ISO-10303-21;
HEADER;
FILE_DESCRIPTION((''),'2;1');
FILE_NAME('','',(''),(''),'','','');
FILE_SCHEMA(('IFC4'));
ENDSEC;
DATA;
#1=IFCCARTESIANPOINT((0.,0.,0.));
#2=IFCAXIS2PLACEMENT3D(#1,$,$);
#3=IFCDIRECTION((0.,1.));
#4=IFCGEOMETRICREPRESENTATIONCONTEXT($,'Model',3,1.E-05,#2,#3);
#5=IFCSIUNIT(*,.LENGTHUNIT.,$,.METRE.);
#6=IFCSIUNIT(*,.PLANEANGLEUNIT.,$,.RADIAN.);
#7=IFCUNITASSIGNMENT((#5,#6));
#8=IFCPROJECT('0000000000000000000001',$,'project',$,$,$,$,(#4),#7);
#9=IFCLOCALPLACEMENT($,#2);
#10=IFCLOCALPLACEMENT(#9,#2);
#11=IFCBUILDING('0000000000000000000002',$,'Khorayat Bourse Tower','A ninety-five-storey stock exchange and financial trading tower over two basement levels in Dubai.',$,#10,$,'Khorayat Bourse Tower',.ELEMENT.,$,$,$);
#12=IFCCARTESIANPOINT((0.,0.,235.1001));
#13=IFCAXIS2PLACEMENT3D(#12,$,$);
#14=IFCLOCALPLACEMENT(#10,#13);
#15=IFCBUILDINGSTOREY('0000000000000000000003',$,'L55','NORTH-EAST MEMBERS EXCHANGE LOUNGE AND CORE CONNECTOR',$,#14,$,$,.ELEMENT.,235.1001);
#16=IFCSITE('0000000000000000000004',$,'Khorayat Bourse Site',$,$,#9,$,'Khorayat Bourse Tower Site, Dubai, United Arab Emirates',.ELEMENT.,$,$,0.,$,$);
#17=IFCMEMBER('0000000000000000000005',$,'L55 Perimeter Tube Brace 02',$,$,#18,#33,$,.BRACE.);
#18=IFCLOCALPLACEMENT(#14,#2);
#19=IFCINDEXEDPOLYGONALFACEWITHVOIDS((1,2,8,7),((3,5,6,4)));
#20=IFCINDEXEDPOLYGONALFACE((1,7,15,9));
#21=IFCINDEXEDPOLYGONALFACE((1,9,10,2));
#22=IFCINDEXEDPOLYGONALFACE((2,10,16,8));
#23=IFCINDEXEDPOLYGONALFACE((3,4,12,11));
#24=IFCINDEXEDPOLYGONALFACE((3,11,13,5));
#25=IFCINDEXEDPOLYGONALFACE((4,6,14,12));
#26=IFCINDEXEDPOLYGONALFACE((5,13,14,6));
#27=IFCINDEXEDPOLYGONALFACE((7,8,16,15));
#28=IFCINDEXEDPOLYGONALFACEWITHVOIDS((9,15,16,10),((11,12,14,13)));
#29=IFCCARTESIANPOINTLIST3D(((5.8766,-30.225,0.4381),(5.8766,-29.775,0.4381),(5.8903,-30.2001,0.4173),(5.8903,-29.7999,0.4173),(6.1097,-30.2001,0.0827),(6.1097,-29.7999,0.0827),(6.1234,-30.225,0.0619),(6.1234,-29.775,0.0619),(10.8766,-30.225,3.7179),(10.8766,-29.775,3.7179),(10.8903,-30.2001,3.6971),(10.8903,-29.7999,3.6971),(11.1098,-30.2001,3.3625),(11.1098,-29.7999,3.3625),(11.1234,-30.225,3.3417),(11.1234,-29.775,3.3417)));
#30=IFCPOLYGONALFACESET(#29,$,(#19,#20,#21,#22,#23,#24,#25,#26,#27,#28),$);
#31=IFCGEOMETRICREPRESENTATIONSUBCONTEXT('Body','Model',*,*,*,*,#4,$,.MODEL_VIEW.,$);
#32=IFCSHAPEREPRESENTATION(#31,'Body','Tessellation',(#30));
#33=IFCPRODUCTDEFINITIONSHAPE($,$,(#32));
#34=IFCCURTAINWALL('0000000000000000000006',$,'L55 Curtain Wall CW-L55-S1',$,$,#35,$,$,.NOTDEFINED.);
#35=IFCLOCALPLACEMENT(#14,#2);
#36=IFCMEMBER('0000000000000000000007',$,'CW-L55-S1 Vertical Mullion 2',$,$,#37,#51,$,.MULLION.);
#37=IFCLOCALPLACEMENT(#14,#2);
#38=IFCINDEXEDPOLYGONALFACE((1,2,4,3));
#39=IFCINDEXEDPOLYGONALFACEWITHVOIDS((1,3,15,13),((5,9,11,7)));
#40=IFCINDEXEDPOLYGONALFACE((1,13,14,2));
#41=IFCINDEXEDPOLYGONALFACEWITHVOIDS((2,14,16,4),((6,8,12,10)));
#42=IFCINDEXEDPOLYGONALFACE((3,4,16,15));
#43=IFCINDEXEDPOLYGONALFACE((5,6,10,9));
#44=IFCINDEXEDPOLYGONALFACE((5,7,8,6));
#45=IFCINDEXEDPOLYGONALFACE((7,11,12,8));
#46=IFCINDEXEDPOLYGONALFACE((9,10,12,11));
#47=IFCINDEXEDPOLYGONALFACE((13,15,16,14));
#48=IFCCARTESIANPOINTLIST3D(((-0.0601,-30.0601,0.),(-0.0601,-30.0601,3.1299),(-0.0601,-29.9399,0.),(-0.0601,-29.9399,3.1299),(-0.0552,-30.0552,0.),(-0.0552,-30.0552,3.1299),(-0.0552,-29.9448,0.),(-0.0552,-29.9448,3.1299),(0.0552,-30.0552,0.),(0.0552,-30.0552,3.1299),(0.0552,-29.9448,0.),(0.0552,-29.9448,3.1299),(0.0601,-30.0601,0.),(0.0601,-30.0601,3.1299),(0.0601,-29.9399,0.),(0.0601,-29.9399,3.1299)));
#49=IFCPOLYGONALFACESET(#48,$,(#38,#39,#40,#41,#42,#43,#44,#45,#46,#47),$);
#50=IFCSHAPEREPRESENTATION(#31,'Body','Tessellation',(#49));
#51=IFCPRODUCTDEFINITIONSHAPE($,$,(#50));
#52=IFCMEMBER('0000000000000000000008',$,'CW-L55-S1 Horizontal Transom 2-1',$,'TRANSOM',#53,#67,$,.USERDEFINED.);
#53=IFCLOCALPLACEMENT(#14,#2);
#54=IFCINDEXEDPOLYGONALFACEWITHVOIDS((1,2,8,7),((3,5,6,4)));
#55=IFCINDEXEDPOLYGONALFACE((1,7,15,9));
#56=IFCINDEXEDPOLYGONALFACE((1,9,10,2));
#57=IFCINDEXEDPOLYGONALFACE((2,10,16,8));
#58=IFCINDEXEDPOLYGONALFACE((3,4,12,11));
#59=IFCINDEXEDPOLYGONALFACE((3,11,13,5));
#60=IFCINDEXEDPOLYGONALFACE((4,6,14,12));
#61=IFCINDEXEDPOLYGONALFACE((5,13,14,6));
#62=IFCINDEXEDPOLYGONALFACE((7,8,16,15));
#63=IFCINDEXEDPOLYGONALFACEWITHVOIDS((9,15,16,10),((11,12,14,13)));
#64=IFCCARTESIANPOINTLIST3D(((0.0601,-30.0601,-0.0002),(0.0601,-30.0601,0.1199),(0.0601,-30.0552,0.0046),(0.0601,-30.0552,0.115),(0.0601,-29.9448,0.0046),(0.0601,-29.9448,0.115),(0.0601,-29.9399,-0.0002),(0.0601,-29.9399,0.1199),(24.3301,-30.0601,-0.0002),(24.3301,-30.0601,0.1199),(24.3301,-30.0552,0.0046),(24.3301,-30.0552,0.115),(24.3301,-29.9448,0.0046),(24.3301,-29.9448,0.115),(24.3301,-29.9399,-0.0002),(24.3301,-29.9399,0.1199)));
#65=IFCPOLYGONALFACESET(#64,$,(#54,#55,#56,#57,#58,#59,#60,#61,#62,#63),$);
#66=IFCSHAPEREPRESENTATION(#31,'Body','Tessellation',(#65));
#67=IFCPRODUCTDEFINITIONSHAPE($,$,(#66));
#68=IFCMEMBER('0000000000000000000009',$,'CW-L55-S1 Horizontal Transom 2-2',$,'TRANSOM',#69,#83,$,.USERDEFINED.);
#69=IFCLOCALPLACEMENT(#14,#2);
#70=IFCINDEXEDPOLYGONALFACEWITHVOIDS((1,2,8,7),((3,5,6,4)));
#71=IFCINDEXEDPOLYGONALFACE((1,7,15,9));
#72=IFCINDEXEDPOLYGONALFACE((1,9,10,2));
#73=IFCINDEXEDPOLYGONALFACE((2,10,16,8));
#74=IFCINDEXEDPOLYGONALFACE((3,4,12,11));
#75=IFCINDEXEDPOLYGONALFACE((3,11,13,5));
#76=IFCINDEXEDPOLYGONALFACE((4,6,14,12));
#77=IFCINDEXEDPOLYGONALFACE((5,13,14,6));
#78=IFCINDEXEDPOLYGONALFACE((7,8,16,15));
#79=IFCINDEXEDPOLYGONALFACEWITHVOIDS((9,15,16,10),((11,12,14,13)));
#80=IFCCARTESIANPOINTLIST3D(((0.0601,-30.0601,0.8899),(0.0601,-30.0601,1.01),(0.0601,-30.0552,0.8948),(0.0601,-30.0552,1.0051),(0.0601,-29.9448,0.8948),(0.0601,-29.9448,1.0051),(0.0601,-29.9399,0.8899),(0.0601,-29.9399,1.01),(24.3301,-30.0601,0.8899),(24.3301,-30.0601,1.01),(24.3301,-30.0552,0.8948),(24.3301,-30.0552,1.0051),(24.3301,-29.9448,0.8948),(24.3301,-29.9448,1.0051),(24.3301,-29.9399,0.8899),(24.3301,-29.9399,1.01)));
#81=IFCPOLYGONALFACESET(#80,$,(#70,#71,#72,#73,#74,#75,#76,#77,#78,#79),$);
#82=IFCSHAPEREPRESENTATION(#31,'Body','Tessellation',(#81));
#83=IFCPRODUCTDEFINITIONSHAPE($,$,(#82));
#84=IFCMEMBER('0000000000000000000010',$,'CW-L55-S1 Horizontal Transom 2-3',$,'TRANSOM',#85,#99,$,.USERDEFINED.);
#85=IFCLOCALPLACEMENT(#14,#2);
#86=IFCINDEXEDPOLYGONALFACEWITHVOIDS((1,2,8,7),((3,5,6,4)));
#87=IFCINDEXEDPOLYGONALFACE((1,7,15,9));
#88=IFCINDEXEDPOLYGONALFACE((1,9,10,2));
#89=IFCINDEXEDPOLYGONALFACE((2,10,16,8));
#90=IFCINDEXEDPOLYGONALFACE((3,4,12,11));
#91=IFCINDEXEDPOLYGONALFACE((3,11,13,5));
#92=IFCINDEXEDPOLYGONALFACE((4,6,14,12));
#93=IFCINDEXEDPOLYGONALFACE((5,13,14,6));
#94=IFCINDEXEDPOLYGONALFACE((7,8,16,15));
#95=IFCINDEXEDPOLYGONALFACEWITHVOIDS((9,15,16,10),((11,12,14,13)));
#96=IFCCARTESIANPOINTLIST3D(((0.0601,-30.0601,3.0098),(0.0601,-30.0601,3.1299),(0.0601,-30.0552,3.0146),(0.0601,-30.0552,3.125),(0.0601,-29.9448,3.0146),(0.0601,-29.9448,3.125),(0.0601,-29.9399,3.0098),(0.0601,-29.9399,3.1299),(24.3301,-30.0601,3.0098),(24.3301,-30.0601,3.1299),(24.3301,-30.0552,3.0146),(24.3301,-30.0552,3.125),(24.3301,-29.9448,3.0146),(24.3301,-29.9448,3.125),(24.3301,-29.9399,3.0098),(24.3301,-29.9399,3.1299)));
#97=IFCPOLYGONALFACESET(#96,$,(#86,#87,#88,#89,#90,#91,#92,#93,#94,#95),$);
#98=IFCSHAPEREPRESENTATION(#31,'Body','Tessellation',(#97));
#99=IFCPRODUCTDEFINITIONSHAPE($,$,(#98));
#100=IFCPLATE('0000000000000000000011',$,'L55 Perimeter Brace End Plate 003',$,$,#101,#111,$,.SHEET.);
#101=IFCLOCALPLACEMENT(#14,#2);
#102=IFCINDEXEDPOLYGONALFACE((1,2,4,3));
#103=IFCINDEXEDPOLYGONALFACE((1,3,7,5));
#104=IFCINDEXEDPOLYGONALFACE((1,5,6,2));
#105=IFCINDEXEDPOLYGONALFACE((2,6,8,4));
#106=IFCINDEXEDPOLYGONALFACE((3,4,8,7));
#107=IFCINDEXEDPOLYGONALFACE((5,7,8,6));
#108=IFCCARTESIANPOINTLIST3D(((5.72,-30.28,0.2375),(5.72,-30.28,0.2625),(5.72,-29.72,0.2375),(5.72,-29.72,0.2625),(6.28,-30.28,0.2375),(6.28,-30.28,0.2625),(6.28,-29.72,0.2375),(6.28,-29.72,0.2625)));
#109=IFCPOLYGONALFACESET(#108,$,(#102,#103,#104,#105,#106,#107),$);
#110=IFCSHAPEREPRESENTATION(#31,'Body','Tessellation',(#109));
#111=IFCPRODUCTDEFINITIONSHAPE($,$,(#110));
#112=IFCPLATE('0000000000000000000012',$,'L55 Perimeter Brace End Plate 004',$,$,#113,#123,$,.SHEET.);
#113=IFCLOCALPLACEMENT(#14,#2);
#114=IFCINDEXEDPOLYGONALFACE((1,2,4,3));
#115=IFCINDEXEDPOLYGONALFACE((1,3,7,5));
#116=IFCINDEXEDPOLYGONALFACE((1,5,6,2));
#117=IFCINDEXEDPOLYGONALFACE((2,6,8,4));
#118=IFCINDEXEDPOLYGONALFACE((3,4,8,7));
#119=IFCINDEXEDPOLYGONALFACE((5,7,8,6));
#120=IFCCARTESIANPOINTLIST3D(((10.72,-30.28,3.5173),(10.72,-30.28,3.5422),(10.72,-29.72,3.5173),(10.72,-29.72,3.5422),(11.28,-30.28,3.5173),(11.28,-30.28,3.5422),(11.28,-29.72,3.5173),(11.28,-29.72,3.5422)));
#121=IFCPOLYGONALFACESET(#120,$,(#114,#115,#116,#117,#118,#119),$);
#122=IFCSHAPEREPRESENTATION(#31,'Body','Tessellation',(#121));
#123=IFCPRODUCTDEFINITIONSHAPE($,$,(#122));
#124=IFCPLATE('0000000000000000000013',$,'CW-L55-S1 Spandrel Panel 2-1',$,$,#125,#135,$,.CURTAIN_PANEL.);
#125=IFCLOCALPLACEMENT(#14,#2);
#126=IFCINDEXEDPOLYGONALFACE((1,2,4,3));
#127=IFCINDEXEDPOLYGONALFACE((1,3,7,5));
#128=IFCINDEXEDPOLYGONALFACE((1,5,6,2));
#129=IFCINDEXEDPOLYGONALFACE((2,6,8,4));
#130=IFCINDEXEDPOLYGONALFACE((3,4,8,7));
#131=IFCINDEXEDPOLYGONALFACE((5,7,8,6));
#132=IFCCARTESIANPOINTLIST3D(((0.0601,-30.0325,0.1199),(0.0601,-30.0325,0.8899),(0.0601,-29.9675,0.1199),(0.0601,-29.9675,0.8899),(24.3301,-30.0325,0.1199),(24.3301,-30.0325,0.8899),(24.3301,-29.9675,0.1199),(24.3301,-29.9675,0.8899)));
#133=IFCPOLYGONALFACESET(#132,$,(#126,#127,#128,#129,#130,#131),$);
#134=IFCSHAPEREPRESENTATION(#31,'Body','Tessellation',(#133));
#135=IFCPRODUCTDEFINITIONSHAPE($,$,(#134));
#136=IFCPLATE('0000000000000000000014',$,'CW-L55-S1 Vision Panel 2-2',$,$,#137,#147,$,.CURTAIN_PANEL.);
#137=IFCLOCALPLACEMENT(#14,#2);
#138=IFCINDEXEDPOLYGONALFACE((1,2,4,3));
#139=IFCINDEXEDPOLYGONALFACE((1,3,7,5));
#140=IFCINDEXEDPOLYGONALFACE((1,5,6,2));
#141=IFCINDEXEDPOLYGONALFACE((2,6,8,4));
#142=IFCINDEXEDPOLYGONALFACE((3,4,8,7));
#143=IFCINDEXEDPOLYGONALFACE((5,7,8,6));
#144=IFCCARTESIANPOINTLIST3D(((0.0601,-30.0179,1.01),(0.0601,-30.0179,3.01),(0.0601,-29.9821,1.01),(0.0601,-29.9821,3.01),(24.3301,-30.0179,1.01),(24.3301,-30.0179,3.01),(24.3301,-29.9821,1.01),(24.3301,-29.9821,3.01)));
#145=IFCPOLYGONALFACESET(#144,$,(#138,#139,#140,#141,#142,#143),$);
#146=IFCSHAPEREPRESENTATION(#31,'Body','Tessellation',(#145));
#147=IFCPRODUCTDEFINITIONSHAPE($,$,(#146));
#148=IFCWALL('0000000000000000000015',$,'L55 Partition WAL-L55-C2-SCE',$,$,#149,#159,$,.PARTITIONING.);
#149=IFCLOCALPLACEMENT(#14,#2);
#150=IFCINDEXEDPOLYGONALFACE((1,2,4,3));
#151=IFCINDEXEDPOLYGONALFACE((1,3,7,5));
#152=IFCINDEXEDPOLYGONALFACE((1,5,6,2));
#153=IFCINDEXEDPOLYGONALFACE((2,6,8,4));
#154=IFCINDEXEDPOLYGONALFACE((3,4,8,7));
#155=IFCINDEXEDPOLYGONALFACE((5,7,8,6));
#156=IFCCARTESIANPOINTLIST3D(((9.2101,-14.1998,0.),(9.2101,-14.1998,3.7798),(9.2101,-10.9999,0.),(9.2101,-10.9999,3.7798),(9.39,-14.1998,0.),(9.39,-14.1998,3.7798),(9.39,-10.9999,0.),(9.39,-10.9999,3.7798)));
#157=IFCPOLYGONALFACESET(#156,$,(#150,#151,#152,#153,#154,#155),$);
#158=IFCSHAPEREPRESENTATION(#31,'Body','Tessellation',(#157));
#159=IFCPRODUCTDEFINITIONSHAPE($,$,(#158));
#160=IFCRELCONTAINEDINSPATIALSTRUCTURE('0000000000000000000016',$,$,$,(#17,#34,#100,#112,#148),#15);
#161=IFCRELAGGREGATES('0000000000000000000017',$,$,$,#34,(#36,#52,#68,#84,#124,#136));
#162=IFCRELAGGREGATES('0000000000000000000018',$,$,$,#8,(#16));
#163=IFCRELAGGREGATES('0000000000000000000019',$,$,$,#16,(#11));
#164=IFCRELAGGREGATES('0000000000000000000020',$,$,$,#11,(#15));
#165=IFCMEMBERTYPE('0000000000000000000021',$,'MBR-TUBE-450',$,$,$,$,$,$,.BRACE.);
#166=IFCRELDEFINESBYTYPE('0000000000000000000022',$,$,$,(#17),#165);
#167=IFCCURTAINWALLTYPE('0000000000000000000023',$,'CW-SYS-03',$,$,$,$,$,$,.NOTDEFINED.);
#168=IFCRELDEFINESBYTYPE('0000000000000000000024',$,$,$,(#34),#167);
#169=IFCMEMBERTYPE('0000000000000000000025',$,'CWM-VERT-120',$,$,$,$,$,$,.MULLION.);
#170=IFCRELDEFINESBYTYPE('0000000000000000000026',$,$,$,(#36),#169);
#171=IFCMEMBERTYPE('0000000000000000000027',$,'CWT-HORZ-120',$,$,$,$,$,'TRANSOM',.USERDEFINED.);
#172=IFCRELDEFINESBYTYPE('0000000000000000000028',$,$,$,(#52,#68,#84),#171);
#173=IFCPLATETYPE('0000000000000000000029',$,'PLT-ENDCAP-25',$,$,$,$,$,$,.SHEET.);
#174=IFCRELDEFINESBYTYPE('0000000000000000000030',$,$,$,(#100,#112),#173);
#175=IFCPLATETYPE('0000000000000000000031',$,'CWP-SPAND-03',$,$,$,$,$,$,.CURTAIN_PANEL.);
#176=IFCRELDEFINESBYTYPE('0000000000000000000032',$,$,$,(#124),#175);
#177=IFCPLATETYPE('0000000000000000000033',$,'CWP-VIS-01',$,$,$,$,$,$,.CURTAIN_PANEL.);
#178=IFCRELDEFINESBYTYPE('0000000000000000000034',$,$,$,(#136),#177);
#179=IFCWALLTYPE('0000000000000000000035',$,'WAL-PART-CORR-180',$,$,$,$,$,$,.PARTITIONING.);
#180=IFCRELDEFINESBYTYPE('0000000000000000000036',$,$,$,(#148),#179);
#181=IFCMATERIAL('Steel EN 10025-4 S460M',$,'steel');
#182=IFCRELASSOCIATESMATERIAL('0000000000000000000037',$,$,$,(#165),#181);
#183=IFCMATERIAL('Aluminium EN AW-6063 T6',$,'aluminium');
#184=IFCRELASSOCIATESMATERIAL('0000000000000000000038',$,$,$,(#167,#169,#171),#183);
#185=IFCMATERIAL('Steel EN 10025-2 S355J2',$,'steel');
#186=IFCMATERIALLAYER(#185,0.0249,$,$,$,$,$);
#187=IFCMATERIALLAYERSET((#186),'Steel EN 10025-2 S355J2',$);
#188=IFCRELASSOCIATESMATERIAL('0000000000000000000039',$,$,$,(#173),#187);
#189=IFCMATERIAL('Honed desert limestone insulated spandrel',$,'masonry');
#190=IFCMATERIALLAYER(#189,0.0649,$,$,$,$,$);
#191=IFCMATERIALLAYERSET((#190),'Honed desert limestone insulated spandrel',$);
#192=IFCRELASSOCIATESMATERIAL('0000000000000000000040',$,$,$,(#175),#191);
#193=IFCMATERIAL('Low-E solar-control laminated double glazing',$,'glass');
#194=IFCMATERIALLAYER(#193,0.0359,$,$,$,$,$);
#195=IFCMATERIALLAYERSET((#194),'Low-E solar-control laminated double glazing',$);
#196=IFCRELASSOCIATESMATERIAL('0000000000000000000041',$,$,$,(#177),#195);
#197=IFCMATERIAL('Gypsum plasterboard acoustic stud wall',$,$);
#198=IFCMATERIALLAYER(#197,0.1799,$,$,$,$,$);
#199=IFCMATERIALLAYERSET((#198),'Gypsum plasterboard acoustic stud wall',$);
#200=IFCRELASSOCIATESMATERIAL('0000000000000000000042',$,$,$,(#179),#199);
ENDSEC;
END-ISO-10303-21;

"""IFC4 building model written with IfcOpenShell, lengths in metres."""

from ifc_helpers import new_model, si_unit, direction, frame, frame_2d, origin, origin_2d, place, context, subcontext, project, spatial, rectangle, hollow_rectangle, extrude, source, transform, mapped, material, layer, layer_set, material_profile, profile_set, type_object, element, aggregate, save


model = new_model("IFC4")

# Units and contexts
model_context = context("Model", 3, precision=1e-05, world=origin(), true_north=direction((0.0, 1.0)))
body_context = subcontext(model_context, "Body", "Model", "MODEL_VIEW")
ifc_project = project(units=[si_unit("LENGTHUNIT", "METRE"), si_unit("PLANEANGLEUNIT", "RADIAN")], contexts=[model_context])

# Site, building, storey
site_placement = place(None, origin())
site = spatial("IfcSite", under=ifc_project, at=site_placement, Name="Khorayat Bourse Site", LongName="Khorayat Bourse Tower Site, Dubai, United Arab Emirates", CompositionType="ELEMENT", RefElevation=0.0)
building_placement = place(site_placement, origin())
building = spatial("IfcBuilding", under=site, at=building_placement, Name="Khorayat Bourse Tower", Description="A ninety-five-storey stock exchange and financial trading tower over two basement levels in Dubai.", LongName="Khorayat Bourse Tower", CompositionType="ELEMENT")
storey_placement = place(building_placement, frame((0.0, 0.0, 235.1001)))
storey = spatial("IfcBuildingStorey", under=building, at=storey_placement, Name="L55", Description="NORTH-EAST MEMBERS EXCHANGE LOUNGE AND CORE CONNECTOR", CompositionType="ELEMENT", Elevation=235.1001)

# Shared definitions
ifc_material_1 = material(Name="Steel EN 10025-4 S460M", Category="steel")

# Member
ifc_material_profile_1 = material_profile(ifc_material_1, hollow_rectangle(XDim=0.45, YDim=0.45, WallThickness=0.0249, at=origin_2d()), Name="HSS 450x450x25")
ifc_profile_set_1 = profile_set([ifc_material_profile_1], Name="Steel EN 10025-4 S460M")
member_type_1 = type_object("IfcMemberType", Name="MBR-TUBE-450", PredefinedType="BRACE", material=ifc_profile_set_1)
shared_shape_1 = source(origin(), body_context, "Body", "SweptSolid", [
    extrude(hollow_rectangle(XDim=0.45, YDim=0.45, WallThickness=0.0249, at=origin_2d()), origin(), (0.0, 0.0, 1.0), 5.9797),
])
member_1_placement = place(storey_placement, frame((6.0, -30.0, 0.25), z_axis=(0.83616, 0.0, 0.548485), x_axis=(0.0, 1.0, 0.0)))
element("IfcMember", 1, at=member_1_placement, inside=storey, type_object=member_type_1, Name="L55 Perimeter Tube Brace 02", PredefinedType="BRACE", context=body_context, shape_type="MappedRepresentation", body=[
    mapped(shared_shape_1, transform((0.0, 0.0, 0.0), scale=1.0)),
])

# Curtain wall, members
ifc_material_2 = material(Name="Aluminium EN AW-6063 T6", Category="aluminium")
curtain_wall_type = type_object("IfcCurtainWallType", Name="CW-SYS-03", PredefinedType="NOTDEFINED", material=ifc_material_2)
curtain_wall_placement = place(storey_placement, origin())
curtain_wall = element("IfcCurtainWall", 2, at=curtain_wall_placement, inside=storey, type_object=curtain_wall_type, Name="L55 Curtain Wall CW-L55-S1", PredefinedType="NOTDEFINED")
ifc_material_profile_2 = material_profile(ifc_material_2, hollow_rectangle(XDim=0.1201, YDim=0.1201, WallThickness=0.0049, at=origin_2d()), Name="ALU 120x120x5")
ifc_profile_set_2 = profile_set([ifc_material_profile_2], Name="Aluminium EN AW-6063 T6")
member_type_2 = type_object("IfcMemberType", Name="CWM-VERT-120", PredefinedType="MULLION", material=ifc_profile_set_2)
shared_shape_2 = source(origin(), body_context, "Body", "SweptSolid", [
    extrude(hollow_rectangle(XDim=0.1201, YDim=0.1201, WallThickness=0.0049, at=origin_2d()), origin(), (0.0, 0.0, 1.0), 3.1299),
])
member_2_placement = place(storey_placement, frame((0.0, -30.0, 0.0), z_axis=(0.0, 0.0, 1.0), x_axis=(0.0, 1.0, 0.0)))
member_2 = element("IfcMember", 3, at=member_2_placement, type_object=member_type_2, Name="CW-L55-S1 Vertical Mullion 2", PredefinedType="MULLION", context=body_context, shape_type="MappedRepresentation", body=[
    mapped(shared_shape_2, transform((0.0, 0.0, 0.0), scale=1.0)),
])
ifc_material_profile_3 = material_profile(ifc_material_2, hollow_rectangle(XDim=0.1201, YDim=0.1201, WallThickness=0.0049, at=origin_2d()), Name="ALU 120x120x5")
ifc_profile_set_3 = profile_set([ifc_material_profile_3], Name="Aluminium EN AW-6063 T6")
member_type_3 = type_object("IfcMemberType", Name="CWT-HORZ-120", ElementType="TRANSOM", PredefinedType="USERDEFINED", material=ifc_profile_set_3)
shared_shape_3 = source(origin(), body_context, "Body", "SweptSolid", [
    extrude(hollow_rectangle(XDim=0.1201, YDim=0.1201, WallThickness=0.0049, at=origin_2d()), origin(), (0.0, 0.0, 1.0), 24.27),
])
member_3_placement = place(storey_placement, frame((0.0601, -30.0, 0.0598), z_axis=(1.0, 0.0, 0.0), x_axis=(0.0, 1.0, 0.0)))
member_3 = element("IfcMember", 4, at=member_3_placement, type_object=member_type_3, Name="CW-L55-S1 Horizontal Transom 2-1", ObjectType="TRANSOM", PredefinedType="USERDEFINED", context=body_context, shape_type="MappedRepresentation", body=[
    mapped(shared_shape_3, transform((0.0, 0.0, 0.0), scale=1.0)),
])
member_4_placement = place(storey_placement, frame((0.0601, -30.0, 0.95), z_axis=(1.0, 0.0, 0.0), x_axis=(0.0, 1.0, 0.0)))
member_4 = element("IfcMember", 5, at=member_4_placement, type_object=member_type_3, Name="CW-L55-S1 Horizontal Transom 2-2", ObjectType="TRANSOM", PredefinedType="USERDEFINED", context=body_context, shape_type="MappedRepresentation", body=[
    mapped(shared_shape_3, transform((0.0, 0.0, 0.0), scale=1.0)),
])
member_5_placement = place(storey_placement, frame((0.0601, -30.0, 3.0698), z_axis=(1.0, 0.0, 0.0), x_axis=(0.0, 1.0, 0.0)))
member_5 = element("IfcMember", 6, at=member_5_placement, type_object=member_type_3, Name="CW-L55-S1 Horizontal Transom 2-3", ObjectType="TRANSOM", PredefinedType="USERDEFINED", context=body_context, shape_type="MappedRepresentation", body=[
    mapped(shared_shape_3, transform((0.0, 0.0, 0.0), scale=1.0)),
])

# Plates
ifc_material_3 = material(Name="Steel EN 10025-2 S355J2", Category="steel")
ifc_layer_1 = layer(ifc_material_3, 0.0249)
ifc_layer_set_1 = layer_set([ifc_layer_1], Name="Steel EN 10025-2 S355J2")
plate_type_1 = type_object("IfcPlateType", Name="PLT-ENDCAP-25", PredefinedType="SHEET", material=ifc_layer_set_1)
shared_shape_4 = source(origin(), body_context, "Body", "SweptSolid", [
    extrude(rectangle(XDim=0.5601, YDim=0.5601, at=origin_2d()), origin(), (0.0, 0.0, 1.0), 0.0249),
])
for number, where, z_axis, x_axis, name in (
    (7, (6.0, -30.0, 0.2375), (0.0, 0.0, 1.0), (1.0, 0.0, 0.0), "L55 Perimeter Brace End Plate 003"),
    (8, (11.0, -30.0, 3.5173), (0.0, 0.0, 1.0), (1.0, 0.0, 0.0), "L55 Perimeter Brace End Plate 004"),
):
    element("IfcPlate", number, at=place(storey_placement, frame(where, z_axis=z_axis, x_axis=x_axis)), inside=storey, type_object=plate_type_1, Name=name, PredefinedType="SHEET", context=body_context, shape_type="MappedRepresentation", body=[
        mapped(shared_shape_4, transform((0.0, 0.0, 0.0), scale=1.0)),
    ])

# Plates
ifc_material_4 = material(Name="Honed desert limestone insulated spandrel", Category="masonry")
ifc_layer_2 = layer(ifc_material_4, 0.0649)
ifc_layer_set_2 = layer_set([ifc_layer_2], Name="Honed desert limestone insulated spandrel")
plate_type_2 = type_object("IfcPlateType", Name="CWP-SPAND-03", PredefinedType="CURTAIN_PANEL", material=ifc_layer_set_2)
shared_shape_5 = source(origin(), body_context, "Body", "SweptSolid", [
    extrude(rectangle(XDim=24.27, YDim=0.0649, at=origin_2d()), origin(), (0.0, 0.0, 1.0), 0.77),
])
plate_1_placement = place(storey_placement, frame((12.1951, -30.0, 0.1199), z_axis=(0.0, 0.0, 1.0), x_axis=(1.0, 0.0, 0.0)))
plate_1 = element("IfcPlate", 9, at=plate_1_placement, type_object=plate_type_2, Name="CW-L55-S1 Spandrel Panel 2-1", PredefinedType="CURTAIN_PANEL", context=body_context, shape_type="MappedRepresentation", body=[
    mapped(shared_shape_5, transform((0.0, 0.0, 0.0), scale=1.0)),
])
ifc_material_5 = material(Name="Low-E solar-control laminated double glazing", Category="glass")
ifc_layer_3 = layer(ifc_material_5, 0.0359)
ifc_layer_set_3 = layer_set([ifc_layer_3], Name="Low-E solar-control laminated double glazing")
plate_type_3 = type_object("IfcPlateType", Name="CWP-VIS-01", PredefinedType="CURTAIN_PANEL", material=ifc_layer_set_3)
shared_shape_6 = source(origin(), body_context, "Body", "SweptSolid", [
    extrude(rectangle(XDim=24.27, YDim=0.0359, at=origin_2d()), origin(), (0.0, 0.0, 1.0), 2.0),
])
plate_2_placement = place(storey_placement, frame((12.1951, -30.0, 1.01), z_axis=(0.0, 0.0, 1.0), x_axis=(1.0, 0.0, 0.0)))
plate_2 = element("IfcPlate", 10, at=plate_2_placement, type_object=plate_type_3, Name="CW-L55-S1 Vision Panel 2-2", PredefinedType="CURTAIN_PANEL", context=body_context, shape_type="MappedRepresentation", body=[
    mapped(shared_shape_6, transform((0.0, 0.0, 0.0), scale=1.0)),
])
aggregate(curtain_wall, [member_2, member_3, member_4, member_5, plate_1, plate_2])

# Wall
ifc_material_6 = material(Name="Gypsum plasterboard acoustic stud wall")
ifc_layer_4 = layer(ifc_material_6, 0.1799)
ifc_layer_set_4 = layer_set([ifc_layer_4], Name="Gypsum plasterboard acoustic stud wall")
wall_type = type_object("IfcWallType", Name="WAL-PART-CORR-180", PredefinedType="PARTITIONING", material=ifc_layer_set_4)
shared_shape_7 = source(origin(), body_context, "Body", "SweptSolid", [
    extrude(rectangle(XDim=3.2, YDim=0.1799, at=frame_2d((1.6001, 0.0))), origin(), (0.0, 0.0, 1.0), 3.7798),
])
wall_1_placement = place(storey_placement, frame((9.3, -14.2, 0.0), z_axis=(0.0, 0.0, 1.0), x_axis=(0.0, 1.0, 0.0)))
element("IfcWall", 11, at=wall_1_placement, inside=storey, type_object=wall_type, Name="L55 Partition WAL-L55-C2-SCE", PredefinedType="PARTITIONING", context=body_context, shape_type="MappedRepresentation", body=[
    mapped(shared_shape_7, transform((0.0, 0.0, 0.0), scale=1.0)),
])

save(model, "model.ifc")
